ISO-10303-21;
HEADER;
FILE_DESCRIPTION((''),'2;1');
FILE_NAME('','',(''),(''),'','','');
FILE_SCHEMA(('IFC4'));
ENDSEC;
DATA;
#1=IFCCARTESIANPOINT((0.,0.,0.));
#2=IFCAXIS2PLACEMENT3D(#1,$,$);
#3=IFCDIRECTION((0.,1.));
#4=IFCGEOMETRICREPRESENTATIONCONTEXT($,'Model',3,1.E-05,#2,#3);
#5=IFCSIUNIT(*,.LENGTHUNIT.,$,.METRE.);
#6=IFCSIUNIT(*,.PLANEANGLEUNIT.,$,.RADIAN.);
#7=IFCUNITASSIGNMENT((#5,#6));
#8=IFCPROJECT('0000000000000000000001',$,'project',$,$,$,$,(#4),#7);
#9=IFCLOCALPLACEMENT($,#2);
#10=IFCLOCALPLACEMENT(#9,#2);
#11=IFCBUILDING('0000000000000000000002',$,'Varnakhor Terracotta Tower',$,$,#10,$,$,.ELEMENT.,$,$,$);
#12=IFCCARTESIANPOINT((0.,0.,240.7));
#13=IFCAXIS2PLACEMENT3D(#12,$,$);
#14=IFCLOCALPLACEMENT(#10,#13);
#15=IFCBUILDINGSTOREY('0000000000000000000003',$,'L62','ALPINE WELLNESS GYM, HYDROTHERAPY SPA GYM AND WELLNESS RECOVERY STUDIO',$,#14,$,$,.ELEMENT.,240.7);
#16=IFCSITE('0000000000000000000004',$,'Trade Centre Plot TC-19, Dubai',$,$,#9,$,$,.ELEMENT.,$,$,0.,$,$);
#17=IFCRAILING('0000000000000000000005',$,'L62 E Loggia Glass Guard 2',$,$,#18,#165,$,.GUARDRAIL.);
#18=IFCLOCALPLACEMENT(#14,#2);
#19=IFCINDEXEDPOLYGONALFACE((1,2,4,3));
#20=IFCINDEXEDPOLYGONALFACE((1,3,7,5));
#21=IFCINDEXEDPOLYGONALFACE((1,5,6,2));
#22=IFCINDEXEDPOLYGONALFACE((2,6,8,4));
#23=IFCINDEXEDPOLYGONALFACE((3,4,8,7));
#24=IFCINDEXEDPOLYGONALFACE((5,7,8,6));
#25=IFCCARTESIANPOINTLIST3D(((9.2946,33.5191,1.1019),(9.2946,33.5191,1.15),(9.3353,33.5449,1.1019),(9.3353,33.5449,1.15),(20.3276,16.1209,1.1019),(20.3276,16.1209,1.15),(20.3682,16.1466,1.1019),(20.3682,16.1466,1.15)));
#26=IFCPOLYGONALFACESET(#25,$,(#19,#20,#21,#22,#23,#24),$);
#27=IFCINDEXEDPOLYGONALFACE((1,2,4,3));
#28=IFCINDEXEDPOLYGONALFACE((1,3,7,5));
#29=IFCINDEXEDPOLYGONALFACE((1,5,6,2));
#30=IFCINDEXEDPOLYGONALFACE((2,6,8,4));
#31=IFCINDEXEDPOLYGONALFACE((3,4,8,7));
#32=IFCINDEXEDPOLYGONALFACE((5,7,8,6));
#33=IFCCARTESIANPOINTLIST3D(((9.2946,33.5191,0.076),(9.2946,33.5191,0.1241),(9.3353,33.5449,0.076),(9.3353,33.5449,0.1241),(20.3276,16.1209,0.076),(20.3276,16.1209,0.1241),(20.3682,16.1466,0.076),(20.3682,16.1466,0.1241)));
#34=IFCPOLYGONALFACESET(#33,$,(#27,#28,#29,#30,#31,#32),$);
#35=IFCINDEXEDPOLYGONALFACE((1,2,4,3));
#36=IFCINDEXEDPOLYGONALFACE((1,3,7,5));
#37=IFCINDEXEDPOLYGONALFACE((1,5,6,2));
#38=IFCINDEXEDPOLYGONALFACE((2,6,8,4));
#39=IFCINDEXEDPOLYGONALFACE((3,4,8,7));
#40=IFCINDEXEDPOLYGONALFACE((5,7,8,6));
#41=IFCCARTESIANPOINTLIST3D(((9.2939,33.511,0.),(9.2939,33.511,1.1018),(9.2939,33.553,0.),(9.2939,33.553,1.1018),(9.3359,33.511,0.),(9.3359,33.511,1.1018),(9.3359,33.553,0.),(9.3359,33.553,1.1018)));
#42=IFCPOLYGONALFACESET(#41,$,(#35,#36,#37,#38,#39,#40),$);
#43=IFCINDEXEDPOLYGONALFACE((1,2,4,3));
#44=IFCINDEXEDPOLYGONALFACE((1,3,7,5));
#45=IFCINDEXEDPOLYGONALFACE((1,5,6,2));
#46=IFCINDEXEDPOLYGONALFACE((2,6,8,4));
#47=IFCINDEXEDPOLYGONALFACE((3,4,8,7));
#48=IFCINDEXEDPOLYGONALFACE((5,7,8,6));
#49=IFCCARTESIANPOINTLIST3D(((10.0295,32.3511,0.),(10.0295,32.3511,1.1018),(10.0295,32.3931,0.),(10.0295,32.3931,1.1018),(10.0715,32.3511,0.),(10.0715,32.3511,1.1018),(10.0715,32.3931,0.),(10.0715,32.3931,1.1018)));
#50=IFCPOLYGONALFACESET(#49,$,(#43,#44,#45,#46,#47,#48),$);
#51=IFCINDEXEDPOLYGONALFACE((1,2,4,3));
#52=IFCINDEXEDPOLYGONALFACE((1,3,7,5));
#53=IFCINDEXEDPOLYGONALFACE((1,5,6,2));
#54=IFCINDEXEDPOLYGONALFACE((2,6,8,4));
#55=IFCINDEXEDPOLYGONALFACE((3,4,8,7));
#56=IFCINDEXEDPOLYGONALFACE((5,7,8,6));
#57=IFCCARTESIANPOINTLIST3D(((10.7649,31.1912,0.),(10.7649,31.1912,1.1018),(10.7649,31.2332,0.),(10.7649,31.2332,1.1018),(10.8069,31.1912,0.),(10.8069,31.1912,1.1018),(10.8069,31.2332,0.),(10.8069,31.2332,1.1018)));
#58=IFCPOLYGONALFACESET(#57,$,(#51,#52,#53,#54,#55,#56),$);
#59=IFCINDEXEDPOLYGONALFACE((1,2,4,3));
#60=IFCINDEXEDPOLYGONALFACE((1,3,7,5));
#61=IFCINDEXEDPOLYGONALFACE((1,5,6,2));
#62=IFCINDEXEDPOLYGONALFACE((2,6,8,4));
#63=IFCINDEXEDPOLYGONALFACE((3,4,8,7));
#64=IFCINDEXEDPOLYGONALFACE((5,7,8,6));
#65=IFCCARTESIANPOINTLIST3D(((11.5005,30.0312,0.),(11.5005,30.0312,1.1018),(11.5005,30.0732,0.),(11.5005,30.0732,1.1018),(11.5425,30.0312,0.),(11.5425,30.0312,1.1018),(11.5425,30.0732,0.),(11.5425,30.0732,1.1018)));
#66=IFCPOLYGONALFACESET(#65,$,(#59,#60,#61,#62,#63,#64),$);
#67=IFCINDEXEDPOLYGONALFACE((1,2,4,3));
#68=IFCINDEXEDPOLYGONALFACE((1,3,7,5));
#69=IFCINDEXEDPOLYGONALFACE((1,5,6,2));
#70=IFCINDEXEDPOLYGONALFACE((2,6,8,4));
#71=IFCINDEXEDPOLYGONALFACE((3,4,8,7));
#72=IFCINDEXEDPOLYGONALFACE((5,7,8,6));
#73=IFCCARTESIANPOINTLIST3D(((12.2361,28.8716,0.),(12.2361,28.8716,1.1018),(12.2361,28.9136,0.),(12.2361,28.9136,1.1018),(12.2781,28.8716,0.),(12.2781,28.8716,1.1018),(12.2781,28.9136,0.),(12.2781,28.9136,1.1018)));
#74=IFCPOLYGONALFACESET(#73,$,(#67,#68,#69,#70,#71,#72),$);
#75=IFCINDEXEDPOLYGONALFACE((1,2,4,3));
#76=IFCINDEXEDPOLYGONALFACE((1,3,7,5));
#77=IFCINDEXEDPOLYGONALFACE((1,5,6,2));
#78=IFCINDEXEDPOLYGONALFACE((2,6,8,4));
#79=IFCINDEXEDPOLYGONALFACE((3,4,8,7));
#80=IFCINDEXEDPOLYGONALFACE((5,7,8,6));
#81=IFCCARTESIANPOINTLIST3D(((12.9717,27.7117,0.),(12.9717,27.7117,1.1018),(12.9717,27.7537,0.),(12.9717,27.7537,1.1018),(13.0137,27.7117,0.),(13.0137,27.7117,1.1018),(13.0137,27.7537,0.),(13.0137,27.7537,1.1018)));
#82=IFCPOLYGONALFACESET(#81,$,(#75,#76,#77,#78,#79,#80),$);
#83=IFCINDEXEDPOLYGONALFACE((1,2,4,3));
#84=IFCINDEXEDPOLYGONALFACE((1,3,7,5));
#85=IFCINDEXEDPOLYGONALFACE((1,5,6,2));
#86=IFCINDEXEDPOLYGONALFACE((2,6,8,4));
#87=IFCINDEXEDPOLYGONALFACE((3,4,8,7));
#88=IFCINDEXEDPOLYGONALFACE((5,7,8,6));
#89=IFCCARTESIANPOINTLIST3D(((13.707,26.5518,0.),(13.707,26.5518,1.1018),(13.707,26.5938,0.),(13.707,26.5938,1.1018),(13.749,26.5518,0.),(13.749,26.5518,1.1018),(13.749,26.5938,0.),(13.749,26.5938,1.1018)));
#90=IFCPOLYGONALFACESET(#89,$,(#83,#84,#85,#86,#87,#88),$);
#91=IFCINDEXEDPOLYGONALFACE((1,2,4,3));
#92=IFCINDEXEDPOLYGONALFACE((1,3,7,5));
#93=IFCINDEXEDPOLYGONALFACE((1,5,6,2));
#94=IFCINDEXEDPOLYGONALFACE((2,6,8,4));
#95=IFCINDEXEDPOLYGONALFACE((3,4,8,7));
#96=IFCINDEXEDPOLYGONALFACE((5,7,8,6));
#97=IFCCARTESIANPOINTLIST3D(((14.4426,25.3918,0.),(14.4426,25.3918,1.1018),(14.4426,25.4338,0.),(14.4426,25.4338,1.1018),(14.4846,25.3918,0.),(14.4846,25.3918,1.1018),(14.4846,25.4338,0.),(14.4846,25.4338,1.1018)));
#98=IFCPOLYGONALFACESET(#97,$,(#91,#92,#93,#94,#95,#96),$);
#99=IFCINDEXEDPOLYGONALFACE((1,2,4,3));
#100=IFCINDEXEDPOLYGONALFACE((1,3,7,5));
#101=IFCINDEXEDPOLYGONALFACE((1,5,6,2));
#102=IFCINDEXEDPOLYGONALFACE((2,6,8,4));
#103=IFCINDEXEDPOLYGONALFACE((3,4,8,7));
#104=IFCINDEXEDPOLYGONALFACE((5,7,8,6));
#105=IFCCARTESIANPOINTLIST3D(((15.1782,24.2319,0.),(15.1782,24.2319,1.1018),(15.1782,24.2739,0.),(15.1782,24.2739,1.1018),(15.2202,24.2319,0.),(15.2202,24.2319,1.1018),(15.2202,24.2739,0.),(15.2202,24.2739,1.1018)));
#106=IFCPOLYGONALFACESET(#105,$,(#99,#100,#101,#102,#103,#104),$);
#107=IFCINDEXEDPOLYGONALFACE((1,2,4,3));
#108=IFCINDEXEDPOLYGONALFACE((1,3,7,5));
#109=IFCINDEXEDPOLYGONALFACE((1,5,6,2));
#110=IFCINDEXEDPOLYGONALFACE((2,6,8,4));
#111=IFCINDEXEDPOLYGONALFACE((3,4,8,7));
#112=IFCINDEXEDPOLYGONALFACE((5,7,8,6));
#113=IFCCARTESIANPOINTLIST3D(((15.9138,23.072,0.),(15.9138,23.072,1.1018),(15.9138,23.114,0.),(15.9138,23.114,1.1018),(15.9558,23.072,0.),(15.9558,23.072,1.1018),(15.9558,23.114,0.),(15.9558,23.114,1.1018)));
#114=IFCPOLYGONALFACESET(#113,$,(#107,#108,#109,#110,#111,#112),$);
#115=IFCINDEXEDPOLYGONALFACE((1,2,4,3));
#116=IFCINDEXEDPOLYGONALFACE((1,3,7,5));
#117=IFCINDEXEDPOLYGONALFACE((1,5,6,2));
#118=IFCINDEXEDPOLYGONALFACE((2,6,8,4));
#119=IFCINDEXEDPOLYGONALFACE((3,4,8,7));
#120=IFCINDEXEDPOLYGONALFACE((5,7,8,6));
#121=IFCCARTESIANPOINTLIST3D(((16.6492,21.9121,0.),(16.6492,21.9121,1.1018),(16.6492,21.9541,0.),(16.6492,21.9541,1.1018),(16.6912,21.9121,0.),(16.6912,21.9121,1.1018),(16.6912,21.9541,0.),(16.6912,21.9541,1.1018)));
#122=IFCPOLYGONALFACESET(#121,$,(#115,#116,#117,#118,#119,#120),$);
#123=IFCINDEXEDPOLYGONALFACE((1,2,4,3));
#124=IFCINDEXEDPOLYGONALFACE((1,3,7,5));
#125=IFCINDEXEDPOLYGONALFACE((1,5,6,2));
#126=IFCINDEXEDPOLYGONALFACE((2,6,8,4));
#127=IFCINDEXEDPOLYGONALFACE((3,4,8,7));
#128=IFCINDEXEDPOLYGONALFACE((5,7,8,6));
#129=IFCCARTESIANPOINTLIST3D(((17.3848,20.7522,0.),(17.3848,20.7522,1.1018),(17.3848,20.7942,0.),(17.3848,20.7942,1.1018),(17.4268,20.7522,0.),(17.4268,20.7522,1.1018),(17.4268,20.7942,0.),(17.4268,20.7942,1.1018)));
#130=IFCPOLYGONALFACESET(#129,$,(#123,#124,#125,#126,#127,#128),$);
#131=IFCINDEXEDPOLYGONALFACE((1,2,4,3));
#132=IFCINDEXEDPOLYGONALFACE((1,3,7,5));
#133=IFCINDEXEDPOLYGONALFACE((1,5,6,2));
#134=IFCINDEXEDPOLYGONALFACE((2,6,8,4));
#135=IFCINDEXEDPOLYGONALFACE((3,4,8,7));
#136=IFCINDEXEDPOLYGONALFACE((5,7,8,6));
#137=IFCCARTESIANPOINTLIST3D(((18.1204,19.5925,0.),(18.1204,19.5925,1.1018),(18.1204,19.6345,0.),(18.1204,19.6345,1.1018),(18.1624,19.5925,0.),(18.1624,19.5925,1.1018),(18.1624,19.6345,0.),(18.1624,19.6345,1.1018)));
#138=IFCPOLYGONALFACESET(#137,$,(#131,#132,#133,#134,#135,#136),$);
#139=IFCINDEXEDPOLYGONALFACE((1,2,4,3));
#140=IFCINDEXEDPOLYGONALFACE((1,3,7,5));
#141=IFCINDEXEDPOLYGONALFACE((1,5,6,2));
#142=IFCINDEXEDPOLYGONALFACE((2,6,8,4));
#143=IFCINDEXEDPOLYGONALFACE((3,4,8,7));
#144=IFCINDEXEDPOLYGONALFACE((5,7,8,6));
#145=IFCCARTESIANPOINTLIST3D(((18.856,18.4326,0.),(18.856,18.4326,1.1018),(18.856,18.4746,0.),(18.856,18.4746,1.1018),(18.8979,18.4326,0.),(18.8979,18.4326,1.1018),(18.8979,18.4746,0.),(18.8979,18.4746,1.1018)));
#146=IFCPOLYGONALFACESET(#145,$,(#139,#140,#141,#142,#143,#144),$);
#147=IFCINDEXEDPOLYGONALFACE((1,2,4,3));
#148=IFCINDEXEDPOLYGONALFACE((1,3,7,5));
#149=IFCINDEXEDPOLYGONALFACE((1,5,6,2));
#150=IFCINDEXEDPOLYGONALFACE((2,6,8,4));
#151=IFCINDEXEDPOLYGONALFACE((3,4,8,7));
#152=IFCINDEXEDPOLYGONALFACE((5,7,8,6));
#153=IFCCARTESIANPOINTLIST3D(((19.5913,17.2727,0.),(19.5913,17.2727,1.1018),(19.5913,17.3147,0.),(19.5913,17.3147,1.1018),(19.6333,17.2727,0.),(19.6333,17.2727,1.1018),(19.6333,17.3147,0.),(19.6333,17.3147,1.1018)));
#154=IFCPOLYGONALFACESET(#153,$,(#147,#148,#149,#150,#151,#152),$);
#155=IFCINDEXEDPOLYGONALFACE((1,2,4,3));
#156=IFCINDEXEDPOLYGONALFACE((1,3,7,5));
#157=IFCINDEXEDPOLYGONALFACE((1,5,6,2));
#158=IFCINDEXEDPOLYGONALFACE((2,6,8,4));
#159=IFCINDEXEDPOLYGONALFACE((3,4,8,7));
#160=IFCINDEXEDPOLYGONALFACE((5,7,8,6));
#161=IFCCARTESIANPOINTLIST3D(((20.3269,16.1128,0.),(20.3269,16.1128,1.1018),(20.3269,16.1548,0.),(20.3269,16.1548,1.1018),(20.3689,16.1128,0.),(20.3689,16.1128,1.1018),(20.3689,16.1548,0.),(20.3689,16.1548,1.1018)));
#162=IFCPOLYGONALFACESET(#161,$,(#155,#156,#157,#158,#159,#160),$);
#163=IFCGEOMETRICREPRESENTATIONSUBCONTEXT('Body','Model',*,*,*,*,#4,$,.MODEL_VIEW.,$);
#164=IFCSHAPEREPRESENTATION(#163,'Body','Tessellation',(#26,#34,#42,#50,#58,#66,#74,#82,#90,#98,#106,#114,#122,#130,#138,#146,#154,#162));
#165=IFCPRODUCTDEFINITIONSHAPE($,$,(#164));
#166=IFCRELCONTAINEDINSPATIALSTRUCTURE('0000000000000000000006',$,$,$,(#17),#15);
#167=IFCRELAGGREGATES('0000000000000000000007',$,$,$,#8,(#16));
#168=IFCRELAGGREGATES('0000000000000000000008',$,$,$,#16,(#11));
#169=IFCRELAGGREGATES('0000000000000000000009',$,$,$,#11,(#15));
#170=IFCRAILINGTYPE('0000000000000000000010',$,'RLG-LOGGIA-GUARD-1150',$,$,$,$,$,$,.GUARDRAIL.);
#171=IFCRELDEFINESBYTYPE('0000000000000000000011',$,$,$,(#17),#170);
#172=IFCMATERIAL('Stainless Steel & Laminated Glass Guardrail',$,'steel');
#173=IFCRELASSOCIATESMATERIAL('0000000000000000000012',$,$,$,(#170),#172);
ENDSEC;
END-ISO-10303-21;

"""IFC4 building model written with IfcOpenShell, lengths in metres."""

from ifc_helpers import new_model, si_unit, direction, frame, origin, origin_2d, place, context, subcontext, project, spatial, rectangle, extrude, material, type_object, element, save


model = new_model("IFC4")

# Units and contexts
model_context = context("Model", 3, precision=1e-05, world=origin(), true_north=direction((0.0, 1.0)))
body_context = subcontext(model_context, "Body", "Model", "MODEL_VIEW")
ifc_project = project(units=[si_unit("LENGTHUNIT", "METRE"), si_unit("PLANEANGLEUNIT", "RADIAN")], contexts=[model_context])

# Site, building, storey
site_placement = place(None, origin())
site = spatial("IfcSite", under=ifc_project, at=site_placement, Name="Trade Centre Plot TC-19, Dubai", CompositionType="ELEMENT", RefElevation=0.0)
building_placement = place(site_placement, origin())
building = spatial("IfcBuilding", under=site, at=building_placement, Name="Varnakhor Terracotta Tower", CompositionType="ELEMENT")
storey_placement = place(building_placement, frame((0.0, 0.0, 240.7)))
storey = spatial("IfcBuildingStorey", under=building, at=storey_placement, Name="L62", Description="ALPINE WELLNESS GYM, HYDROTHERAPY SPA GYM AND WELLNESS RECOVERY STUDIO", CompositionType="ELEMENT", Elevation=240.7)

# Railing
ifc_material_1 = material(Name="Stainless Steel & Laminated Glass Guardrail", Category="steel")
railing_type = type_object("IfcRailingType", Name="RLG-LOGGIA-GUARD-1150", PredefinedType="GUARDRAIL", material=ifc_material_1)
railing_1_placement = place(storey_placement, frame((9.3149, 33.532, 0.0)))
element("IfcRailing", 1, at=railing_1_placement, inside=storey, type_object=railing_type, Name="L62 E Loggia Glass Guard 2", PredefinedType="GUARDRAIL", context=body_context, shape_type="SweptSolid", body=[
    extrude(rectangle(XDim=0.0481, YDim=0.0481, at=origin_2d()), frame((0.0, 0.0, 1.126), z_axis=(0.535541, -0.844509, 0.0), x_axis=(0.844509, 0.535541, 0.0)), (0.0, 0.0, 1.0), 20.6016),
    extrude(rectangle(XDim=0.0481, YDim=0.0481, at=origin_2d()), frame((0.0, 0.0, 0.1001), z_axis=(0.535541, -0.844509, 0.0), x_axis=(0.844509, 0.535541, 0.0)), (0.0, 0.0, 1.0), 20.6016),
    extrude(rectangle(XDim=0.042, YDim=0.042, at=origin_2d()), origin(), (0.0, 0.0, 1.0), 1.1018),
    extrude(rectangle(XDim=0.042, YDim=0.042, at=origin_2d()), frame((0.7356, -1.1599, 0.0)), (0.0, 0.0, 1.0), 1.1018),
    extrude(rectangle(XDim=0.042, YDim=0.042, at=origin_2d()), frame((1.4709, -2.3198, 0.0)), (0.0, 0.0, 1.0), 1.1018),
    extrude(rectangle(XDim=0.042, YDim=0.042, at=origin_2d()), frame((2.2065, -3.4797, 0.0)), (0.0, 0.0, 1.0), 1.1018),
    extrude(rectangle(XDim=0.042, YDim=0.042, at=origin_2d()), frame((2.9421, -4.6394, 0.0)), (0.0, 0.0, 1.0), 1.1018),
    extrude(rectangle(XDim=0.042, YDim=0.042, at=origin_2d()), frame((3.6777, -5.7993, 0.0)), (0.0, 0.0, 1.0), 1.1018),
    extrude(rectangle(XDim=0.042, YDim=0.042, at=origin_2d()), frame((4.4131, -6.9592, 0.0)), (0.0, 0.0, 1.0), 1.1018),
    extrude(rectangle(XDim=0.042, YDim=0.042, at=origin_2d()), frame((5.1487, -8.1191, 0.0)), (0.0, 0.0, 1.0), 1.1018),
    extrude(rectangle(XDim=0.042, YDim=0.042, at=origin_2d()), frame((5.8843, -9.2791, 0.0)), (0.0, 0.0, 1.0), 1.1018),
    extrude(rectangle(XDim=0.042, YDim=0.042, at=origin_2d()), frame((6.6199, -10.439, 0.0)), (0.0, 0.0, 1.0), 1.1018),
    extrude(rectangle(XDim=0.042, YDim=0.042, at=origin_2d()), frame((7.3552, -11.5989, 0.0)), (0.0, 0.0, 1.0), 1.1018),
    extrude(rectangle(XDim=0.042, YDim=0.042, at=origin_2d()), frame((8.0908, -12.7588, 0.0)), (0.0, 0.0, 1.0), 1.1018),
    extrude(rectangle(XDim=0.042, YDim=0.042, at=origin_2d()), frame((8.8264, -13.9185, 0.0)), (0.0, 0.0, 1.0), 1.1018),
    extrude(rectangle(XDim=0.042, YDim=0.042, at=origin_2d()), frame((9.562, -15.0784, 0.0)), (0.0, 0.0, 1.0), 1.1018),
    extrude(rectangle(XDim=0.042, YDim=0.042, at=origin_2d()), frame((10.2974, -16.2383, 0.0)), (0.0, 0.0, 1.0), 1.1018),
    extrude(rectangle(XDim=0.042, YDim=0.042, at=origin_2d()), frame((11.033, -17.3982, 0.0)), (0.0, 0.0, 1.0), 1.1018),
])

save(model, "model.ifc")
